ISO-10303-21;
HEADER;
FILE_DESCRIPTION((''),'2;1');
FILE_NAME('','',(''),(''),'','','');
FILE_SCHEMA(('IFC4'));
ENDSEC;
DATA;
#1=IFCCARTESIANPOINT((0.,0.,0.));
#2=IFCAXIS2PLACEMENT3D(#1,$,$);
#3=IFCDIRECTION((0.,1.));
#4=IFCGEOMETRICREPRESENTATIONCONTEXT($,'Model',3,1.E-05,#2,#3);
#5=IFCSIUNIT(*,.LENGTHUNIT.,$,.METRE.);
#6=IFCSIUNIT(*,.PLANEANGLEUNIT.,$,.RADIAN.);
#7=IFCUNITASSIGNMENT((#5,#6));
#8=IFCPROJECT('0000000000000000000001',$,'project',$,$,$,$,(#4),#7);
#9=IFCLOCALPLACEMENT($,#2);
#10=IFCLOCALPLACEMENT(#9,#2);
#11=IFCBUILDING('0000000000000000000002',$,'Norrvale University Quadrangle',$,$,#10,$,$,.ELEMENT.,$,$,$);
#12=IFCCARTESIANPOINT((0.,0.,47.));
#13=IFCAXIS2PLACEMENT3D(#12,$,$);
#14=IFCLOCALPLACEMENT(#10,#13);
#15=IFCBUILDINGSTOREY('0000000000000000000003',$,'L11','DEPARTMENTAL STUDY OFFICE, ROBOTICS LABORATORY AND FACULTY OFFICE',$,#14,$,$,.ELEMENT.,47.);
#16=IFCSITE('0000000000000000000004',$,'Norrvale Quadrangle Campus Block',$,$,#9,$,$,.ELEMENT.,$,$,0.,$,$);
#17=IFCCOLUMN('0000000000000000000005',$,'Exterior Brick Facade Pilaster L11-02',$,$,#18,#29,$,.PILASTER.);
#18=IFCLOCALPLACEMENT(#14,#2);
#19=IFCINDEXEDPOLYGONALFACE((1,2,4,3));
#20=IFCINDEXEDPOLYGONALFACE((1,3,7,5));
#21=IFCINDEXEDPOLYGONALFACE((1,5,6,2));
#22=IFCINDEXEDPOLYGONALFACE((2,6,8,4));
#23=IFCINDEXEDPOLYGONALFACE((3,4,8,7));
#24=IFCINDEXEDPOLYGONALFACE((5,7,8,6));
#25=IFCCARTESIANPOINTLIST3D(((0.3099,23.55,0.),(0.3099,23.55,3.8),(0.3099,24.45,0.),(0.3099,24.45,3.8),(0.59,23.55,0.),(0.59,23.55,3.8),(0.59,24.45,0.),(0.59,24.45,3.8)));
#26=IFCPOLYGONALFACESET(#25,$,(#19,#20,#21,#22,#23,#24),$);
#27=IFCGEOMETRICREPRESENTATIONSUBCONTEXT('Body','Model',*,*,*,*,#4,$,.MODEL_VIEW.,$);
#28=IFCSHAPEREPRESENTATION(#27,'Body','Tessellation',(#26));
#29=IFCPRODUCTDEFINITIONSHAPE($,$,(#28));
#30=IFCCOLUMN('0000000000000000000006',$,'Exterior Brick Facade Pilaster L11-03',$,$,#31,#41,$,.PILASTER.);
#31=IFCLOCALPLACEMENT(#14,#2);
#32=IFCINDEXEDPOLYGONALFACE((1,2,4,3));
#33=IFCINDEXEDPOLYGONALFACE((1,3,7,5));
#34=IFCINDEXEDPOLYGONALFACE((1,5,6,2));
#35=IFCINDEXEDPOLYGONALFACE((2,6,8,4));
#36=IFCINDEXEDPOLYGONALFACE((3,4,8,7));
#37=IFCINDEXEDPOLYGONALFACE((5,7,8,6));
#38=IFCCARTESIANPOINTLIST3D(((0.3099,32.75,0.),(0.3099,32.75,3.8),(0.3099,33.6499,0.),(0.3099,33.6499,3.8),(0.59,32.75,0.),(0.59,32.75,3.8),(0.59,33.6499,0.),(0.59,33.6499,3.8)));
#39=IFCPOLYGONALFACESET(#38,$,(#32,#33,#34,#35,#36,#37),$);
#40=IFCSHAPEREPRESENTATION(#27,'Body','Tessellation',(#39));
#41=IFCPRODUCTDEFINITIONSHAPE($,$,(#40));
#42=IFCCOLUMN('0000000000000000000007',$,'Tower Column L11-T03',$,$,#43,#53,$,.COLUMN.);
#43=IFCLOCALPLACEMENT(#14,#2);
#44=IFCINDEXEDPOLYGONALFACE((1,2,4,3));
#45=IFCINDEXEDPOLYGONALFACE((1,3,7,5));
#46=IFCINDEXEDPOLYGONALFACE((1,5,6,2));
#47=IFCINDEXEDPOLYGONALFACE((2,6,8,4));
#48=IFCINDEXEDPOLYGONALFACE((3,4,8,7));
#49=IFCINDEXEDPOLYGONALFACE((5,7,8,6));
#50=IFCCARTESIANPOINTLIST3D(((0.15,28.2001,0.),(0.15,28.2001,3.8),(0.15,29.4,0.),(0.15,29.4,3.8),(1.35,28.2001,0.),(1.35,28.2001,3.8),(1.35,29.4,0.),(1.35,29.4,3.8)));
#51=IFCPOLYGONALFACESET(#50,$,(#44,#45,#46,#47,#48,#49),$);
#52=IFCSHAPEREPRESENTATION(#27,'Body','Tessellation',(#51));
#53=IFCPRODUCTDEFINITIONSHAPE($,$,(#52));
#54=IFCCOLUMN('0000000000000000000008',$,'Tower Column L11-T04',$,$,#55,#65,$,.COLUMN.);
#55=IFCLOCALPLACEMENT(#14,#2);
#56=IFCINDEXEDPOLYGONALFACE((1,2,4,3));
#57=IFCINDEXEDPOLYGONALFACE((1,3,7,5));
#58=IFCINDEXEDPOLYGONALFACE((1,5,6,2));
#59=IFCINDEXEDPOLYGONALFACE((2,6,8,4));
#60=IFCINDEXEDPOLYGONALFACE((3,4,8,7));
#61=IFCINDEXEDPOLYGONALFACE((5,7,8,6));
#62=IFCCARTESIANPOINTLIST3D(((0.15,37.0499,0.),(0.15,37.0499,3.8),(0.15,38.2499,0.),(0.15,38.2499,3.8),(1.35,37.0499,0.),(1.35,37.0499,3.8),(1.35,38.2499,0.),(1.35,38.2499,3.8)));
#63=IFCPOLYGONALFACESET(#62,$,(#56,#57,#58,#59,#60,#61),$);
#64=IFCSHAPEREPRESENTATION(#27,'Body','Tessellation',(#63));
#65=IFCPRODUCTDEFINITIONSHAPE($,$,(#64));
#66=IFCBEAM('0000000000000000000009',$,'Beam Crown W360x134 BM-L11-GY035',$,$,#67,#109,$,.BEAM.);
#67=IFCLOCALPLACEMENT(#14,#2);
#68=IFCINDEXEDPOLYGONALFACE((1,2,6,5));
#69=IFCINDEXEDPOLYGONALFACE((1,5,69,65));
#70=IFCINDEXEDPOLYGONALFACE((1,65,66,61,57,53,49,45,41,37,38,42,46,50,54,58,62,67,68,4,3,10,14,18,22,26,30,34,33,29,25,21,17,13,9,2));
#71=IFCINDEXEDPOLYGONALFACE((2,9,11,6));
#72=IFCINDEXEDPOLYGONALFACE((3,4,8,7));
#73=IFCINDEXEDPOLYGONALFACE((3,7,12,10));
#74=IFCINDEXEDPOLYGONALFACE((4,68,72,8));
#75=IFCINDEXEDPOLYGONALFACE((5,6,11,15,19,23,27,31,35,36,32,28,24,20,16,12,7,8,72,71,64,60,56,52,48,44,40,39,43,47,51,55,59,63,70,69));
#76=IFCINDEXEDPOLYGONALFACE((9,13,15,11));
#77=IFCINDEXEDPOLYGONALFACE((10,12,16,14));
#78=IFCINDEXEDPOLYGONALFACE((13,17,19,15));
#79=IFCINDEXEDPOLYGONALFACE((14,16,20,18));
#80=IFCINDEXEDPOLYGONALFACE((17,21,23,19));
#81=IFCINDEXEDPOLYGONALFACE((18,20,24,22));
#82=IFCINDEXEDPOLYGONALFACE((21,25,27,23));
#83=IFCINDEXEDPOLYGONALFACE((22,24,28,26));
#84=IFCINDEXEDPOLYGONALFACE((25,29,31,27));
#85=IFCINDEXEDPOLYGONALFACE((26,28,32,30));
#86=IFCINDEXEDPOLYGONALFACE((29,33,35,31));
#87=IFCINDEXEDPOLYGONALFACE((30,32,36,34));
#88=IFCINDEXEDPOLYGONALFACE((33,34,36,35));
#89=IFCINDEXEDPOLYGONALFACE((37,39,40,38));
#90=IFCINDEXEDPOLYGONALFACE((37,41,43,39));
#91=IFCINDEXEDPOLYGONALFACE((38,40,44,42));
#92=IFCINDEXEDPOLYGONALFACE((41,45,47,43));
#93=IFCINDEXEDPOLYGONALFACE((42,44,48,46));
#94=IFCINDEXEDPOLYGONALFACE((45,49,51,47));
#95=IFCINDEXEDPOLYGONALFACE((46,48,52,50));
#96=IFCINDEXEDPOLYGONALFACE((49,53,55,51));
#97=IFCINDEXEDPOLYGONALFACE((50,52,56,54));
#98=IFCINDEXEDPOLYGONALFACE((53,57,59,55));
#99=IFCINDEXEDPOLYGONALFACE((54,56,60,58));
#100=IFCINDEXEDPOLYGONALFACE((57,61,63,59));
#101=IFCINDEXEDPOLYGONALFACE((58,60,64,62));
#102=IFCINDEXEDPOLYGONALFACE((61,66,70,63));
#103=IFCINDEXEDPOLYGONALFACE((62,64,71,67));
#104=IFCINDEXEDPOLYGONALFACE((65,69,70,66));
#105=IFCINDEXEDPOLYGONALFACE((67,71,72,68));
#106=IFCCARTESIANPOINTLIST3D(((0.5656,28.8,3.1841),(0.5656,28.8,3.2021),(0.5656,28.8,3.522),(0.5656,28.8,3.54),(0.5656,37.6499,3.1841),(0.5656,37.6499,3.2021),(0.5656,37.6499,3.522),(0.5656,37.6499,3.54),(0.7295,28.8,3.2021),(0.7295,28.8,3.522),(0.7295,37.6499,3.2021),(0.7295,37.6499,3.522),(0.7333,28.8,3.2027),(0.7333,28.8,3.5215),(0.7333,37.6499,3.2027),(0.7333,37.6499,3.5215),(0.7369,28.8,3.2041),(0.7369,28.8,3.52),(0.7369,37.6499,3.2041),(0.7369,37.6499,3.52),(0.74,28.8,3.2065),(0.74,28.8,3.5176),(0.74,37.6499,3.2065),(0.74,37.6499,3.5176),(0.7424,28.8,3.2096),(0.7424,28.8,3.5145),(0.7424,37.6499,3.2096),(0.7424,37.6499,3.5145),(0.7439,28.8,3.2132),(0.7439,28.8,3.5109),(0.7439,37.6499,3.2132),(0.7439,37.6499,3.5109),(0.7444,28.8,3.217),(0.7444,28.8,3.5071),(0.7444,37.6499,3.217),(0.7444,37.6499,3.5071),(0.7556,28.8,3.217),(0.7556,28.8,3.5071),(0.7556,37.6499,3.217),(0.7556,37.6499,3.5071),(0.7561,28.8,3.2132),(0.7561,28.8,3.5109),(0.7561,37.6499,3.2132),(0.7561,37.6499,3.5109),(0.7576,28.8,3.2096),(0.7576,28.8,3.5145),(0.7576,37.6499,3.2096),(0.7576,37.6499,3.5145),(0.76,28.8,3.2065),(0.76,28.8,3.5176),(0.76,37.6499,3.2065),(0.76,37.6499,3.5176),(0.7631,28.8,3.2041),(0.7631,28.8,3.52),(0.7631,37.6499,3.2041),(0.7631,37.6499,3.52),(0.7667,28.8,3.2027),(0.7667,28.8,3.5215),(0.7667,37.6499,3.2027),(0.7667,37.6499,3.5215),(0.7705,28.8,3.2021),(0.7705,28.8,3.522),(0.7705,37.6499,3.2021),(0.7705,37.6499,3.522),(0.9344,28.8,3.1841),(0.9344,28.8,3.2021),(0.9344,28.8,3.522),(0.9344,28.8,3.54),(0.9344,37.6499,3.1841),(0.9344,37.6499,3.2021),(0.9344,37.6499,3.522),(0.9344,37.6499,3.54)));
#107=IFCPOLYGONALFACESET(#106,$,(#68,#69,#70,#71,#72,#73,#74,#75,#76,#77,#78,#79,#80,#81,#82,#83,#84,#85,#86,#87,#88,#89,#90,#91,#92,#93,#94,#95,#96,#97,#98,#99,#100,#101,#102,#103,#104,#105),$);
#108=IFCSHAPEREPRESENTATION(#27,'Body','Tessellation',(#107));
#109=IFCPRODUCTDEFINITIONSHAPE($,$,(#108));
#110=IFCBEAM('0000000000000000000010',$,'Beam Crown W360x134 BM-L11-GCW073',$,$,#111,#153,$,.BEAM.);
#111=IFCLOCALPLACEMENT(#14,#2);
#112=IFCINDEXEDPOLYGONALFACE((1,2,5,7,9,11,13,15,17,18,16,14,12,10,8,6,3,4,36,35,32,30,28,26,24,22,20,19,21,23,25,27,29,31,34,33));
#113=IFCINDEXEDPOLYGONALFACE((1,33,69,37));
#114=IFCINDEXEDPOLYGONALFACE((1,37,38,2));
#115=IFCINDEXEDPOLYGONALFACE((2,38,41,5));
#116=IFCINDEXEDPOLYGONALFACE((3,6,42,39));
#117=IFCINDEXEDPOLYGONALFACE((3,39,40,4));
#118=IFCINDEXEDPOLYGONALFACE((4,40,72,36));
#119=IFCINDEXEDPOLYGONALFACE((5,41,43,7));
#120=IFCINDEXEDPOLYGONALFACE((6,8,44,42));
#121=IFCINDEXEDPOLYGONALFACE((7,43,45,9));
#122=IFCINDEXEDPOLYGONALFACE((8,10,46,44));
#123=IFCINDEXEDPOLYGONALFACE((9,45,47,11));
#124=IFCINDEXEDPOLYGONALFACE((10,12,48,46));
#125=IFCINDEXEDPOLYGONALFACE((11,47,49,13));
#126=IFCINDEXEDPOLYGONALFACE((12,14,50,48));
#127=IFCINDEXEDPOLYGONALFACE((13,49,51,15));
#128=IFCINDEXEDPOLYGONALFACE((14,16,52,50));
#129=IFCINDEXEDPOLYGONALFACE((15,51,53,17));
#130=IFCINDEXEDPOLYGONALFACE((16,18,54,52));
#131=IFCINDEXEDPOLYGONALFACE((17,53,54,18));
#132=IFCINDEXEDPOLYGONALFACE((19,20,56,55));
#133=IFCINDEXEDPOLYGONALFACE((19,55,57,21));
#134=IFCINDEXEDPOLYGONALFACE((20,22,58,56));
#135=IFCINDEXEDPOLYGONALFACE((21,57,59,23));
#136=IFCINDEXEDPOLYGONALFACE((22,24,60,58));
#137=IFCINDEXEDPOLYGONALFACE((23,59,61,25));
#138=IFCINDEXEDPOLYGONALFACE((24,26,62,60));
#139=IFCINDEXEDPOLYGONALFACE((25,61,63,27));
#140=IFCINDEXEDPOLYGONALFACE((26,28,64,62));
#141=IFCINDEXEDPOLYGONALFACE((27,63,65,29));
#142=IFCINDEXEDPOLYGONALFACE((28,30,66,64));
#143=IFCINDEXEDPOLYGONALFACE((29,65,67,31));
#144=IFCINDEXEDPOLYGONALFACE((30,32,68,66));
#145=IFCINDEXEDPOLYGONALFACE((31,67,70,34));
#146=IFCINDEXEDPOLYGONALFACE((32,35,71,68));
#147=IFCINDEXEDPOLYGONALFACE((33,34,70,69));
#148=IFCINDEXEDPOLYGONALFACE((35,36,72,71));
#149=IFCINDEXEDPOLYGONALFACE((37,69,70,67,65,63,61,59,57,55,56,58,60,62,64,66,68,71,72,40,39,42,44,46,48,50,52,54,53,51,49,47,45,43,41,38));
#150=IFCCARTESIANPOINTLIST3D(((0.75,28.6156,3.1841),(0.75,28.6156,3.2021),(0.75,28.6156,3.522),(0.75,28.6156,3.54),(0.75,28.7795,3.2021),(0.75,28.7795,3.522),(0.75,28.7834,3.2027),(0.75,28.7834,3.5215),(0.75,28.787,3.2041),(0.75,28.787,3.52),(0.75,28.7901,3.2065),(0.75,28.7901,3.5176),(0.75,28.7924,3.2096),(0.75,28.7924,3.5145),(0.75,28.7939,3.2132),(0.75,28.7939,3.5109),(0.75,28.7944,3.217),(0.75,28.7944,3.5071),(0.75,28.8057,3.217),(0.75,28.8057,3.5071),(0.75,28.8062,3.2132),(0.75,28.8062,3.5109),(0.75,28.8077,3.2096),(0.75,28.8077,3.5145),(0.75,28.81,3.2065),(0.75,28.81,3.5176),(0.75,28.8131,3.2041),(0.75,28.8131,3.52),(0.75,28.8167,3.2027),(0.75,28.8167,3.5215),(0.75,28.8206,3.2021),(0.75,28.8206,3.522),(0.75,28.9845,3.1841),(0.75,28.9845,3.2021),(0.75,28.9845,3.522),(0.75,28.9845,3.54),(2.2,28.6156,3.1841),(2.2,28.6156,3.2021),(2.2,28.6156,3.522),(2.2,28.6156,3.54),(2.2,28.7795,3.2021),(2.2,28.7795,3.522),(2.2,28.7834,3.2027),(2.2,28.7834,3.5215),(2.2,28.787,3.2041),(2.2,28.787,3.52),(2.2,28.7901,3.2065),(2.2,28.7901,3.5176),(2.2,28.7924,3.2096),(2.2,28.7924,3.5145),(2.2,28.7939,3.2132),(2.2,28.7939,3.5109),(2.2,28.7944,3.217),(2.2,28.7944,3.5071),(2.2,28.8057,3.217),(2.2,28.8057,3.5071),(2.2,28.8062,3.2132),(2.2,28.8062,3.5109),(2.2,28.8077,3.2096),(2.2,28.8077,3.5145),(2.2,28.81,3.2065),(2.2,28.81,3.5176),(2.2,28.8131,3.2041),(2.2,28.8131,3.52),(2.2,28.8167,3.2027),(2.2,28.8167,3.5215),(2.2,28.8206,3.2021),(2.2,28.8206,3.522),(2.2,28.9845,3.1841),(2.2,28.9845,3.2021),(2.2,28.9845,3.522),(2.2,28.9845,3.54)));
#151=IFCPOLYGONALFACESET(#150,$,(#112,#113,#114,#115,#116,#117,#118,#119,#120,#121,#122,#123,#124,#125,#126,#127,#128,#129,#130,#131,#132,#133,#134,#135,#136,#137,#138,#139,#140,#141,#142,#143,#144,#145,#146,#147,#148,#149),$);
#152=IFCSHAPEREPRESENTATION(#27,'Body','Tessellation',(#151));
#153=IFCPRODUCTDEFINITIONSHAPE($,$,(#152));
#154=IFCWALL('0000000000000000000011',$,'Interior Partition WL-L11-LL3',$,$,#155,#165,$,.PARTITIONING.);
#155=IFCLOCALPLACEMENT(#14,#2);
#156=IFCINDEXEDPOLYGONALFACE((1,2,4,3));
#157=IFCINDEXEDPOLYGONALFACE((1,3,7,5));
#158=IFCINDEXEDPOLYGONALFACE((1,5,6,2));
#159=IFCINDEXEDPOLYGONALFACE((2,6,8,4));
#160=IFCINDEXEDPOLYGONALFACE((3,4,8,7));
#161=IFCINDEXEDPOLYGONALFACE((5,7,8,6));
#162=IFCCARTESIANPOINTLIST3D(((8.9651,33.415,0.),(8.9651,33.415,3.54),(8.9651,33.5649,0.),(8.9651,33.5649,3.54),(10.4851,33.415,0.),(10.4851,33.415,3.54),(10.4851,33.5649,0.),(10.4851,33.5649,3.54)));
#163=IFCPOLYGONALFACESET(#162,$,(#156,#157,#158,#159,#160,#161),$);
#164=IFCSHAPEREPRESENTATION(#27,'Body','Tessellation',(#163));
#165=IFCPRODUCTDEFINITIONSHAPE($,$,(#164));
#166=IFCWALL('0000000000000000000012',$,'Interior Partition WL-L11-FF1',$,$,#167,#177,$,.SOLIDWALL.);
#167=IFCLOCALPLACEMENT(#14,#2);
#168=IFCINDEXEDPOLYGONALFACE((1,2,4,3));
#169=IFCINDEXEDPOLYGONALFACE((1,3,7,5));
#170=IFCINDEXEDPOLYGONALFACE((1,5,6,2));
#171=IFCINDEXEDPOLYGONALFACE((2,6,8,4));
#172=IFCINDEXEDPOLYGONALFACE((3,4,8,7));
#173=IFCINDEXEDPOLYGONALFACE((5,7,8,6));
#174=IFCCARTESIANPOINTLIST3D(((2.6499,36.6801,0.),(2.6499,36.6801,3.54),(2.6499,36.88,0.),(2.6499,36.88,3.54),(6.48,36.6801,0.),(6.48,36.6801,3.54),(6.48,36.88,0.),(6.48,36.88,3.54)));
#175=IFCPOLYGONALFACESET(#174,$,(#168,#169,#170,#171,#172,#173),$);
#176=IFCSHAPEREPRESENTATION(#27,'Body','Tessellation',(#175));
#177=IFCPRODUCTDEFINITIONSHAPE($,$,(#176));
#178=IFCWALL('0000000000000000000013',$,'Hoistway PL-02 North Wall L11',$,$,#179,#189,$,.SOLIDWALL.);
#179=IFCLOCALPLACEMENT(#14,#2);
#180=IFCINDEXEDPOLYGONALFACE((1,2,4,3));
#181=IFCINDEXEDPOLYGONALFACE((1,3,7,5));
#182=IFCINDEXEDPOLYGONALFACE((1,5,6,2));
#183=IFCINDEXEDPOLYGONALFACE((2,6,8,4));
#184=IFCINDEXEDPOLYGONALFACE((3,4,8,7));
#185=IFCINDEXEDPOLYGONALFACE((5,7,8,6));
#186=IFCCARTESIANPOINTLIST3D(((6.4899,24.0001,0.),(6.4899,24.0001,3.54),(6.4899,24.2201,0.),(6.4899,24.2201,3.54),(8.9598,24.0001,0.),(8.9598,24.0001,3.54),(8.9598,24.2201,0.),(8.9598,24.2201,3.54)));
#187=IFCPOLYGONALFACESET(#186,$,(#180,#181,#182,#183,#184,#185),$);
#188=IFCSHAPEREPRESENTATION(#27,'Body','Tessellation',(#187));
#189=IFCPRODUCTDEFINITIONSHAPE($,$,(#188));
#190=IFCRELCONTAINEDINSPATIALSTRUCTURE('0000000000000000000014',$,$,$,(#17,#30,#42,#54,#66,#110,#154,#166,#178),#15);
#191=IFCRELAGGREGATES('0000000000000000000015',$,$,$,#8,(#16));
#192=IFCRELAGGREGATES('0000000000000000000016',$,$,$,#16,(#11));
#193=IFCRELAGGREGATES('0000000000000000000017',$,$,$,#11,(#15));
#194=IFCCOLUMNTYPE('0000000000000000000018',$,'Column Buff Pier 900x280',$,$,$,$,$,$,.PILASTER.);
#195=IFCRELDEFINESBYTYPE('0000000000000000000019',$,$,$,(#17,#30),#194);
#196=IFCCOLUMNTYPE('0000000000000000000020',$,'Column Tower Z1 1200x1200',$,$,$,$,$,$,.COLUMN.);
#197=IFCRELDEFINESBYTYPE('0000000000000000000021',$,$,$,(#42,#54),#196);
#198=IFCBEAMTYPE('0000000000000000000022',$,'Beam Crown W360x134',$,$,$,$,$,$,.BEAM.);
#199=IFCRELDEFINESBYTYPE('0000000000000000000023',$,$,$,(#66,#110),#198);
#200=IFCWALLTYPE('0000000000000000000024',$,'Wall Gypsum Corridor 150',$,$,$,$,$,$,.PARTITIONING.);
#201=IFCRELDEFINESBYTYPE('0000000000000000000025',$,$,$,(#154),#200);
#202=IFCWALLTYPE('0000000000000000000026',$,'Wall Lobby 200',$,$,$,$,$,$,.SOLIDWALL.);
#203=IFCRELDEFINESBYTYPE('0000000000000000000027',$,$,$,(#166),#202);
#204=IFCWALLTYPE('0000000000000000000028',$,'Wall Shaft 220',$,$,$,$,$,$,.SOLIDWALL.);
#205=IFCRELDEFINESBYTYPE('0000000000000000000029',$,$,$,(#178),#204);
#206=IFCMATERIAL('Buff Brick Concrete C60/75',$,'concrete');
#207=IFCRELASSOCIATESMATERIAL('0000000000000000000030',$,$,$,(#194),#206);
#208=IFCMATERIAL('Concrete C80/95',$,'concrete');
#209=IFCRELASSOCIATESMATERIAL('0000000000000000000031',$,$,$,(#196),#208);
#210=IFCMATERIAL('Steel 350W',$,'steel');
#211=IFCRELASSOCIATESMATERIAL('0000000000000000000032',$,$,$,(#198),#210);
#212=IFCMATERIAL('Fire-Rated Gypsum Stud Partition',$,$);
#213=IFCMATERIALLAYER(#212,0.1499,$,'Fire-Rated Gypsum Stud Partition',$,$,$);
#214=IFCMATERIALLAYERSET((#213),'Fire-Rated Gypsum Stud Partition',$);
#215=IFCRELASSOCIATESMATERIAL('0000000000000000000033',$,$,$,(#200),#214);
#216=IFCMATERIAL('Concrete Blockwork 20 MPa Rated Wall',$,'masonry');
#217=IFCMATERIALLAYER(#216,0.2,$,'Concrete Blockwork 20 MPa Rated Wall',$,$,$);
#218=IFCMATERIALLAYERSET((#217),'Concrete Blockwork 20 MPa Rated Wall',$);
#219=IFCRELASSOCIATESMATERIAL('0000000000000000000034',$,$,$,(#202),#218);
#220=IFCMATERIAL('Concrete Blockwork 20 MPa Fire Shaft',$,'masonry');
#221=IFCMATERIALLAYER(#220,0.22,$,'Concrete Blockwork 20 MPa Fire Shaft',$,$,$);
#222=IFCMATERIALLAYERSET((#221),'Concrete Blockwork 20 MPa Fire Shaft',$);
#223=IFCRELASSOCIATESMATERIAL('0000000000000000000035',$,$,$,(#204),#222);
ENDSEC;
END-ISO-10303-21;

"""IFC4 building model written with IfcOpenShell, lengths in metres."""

from ifc_helpers import new_model, si_unit, direction, frame, frame_2d, origin, origin_2d, place, context, subcontext, project, spatial, rectangle, i_section, extrude, material, layer, layer_set, material_profile, profile_set, type_object, element, save


model = new_model("IFC4")

# Units and contexts
model_context = context("Model", 3, precision=1e-05, world=origin(), true_north=direction((0.0, 1.0)))
body_context = subcontext(model_context, "Body", "Model", "MODEL_VIEW")
ifc_project = project(units=[si_unit("LENGTHUNIT", "METRE"), si_unit("PLANEANGLEUNIT", "RADIAN")], contexts=[model_context])

# Site, building, storey
site_placement = place(None, origin())
site = spatial("IfcSite", under=ifc_project, at=site_placement, Name="Norrvale Quadrangle Campus Block", CompositionType="ELEMENT", RefElevation=0.0)
building_placement = place(site_placement, origin())
building = spatial("IfcBuilding", under=site, at=building_placement, Name="Norrvale University Quadrangle", CompositionType="ELEMENT")
storey_placement = place(building_placement, frame((0.0, 0.0, 47.0)))
storey = spatial("IfcBuildingStorey", under=building, at=storey_placement, Name="L11", Description="DEPARTMENTAL STUDY OFFICE, ROBOTICS LABORATORY AND FACULTY OFFICE", CompositionType="ELEMENT", Elevation=47.0)

# Columns
ifc_material_1 = material(Name="Buff Brick Concrete C60/75", Category="concrete")
ifc_material_profile_1 = material_profile(ifc_material_1, rectangle(XDim=0.8999, YDim=0.28, at=origin_2d()), Name="Buff Brick Concrete C60/75")
ifc_profile_set_1 = profile_set([ifc_material_profile_1], Name="Buff Brick Concrete C60/75")
column_type_1 = type_object("IfcColumnType", Name="Column Buff Pier 900x280", PredefinedType="PILASTER", material=ifc_profile_set_1)
for number, where, z_axis, x_axis, name in (
    (1, (0.45, 24.0, 0.0), (0.0, 0.0, 1.0), (0.0, 1.0, 0.0), "Exterior Brick Facade Pilaster L11-02"),
    (2, (0.45, 33.2, 0.0), (0.0, 0.0, 1.0), (0.0, 1.0, 0.0), "Exterior Brick Facade Pilaster L11-03"),
):
    element("IfcColumn", number, at=place(storey_placement, frame(where, z_axis=z_axis, x_axis=x_axis)), inside=storey, type_object=column_type_1, Name=name, PredefinedType="PILASTER", context=body_context, shape_type="SweptSolid", body=[
        extrude(rectangle(XDim=0.8999, YDim=0.28, at=origin_2d()), origin(), (0.0, 0.0, 1.0), 3.8),
    ])
ifc_material_2 = material(Name="Concrete C80/95", Category="concrete")
ifc_material_profile_2 = material_profile(ifc_material_2, rectangle(XDim=1.2, YDim=1.2, at=origin_2d()), Name="Concrete C80/95")
ifc_profile_set_2 = profile_set([ifc_material_profile_2], Name="Concrete C80/95")
column_type_2 = type_object("IfcColumnType", Name="Column Tower Z1 1200x1200", PredefinedType="COLUMN", material=ifc_profile_set_2)
for number, where, z_axis, x_axis, name in (
    (3, (0.75, 28.8, 0.0), (0.0, 0.0, 1.0), (1.0, 0.0, 0.0), "Tower Column L11-T03"),
    (4, (0.75, 37.6499, 0.0), (0.0, 0.0, 1.0), (1.0, 0.0, 0.0), "Tower Column L11-T04"),
):
    element("IfcColumn", number, at=place(storey_placement, frame(where, z_axis=z_axis, x_axis=x_axis)), inside=storey, type_object=column_type_2, Name=name, PredefinedType="COLUMN", context=body_context, shape_type="SweptSolid", body=[
        extrude(rectangle(XDim=1.2, YDim=1.2, at=origin_2d()), origin(), (0.0, 0.0, 1.0), 3.8),
    ])

# Beams
ifc_material_3 = material(Name="Steel 350W", Category="steel")
ifc_material_profile_3 = material_profile(ifc_material_3, i_section(OverallWidth=0.3689, OverallDepth=0.356, WebThickness=0.0112, FlangeThickness=0.0181, FilletRadius=0.0149, at=origin_2d()), Name="Steel 350W")
ifc_profile_set_3 = profile_set([ifc_material_profile_3], Name="Steel 350W")
beam_type = type_object("IfcBeamType", Name="Beam Crown W360x134", PredefinedType="BEAM", material=ifc_profile_set_3)
beam_1_placement = place(storey_placement, frame((0.75, 28.8, 3.3621), z_axis=(0.0, 1.0, 0.0), x_axis=(-1.0, 0.0, 0.0)))
element("IfcBeam", 5, at=beam_1_placement, inside=storey, type_object=beam_type, Name="Beam Crown W360x134 BM-L11-GY035", PredefinedType="BEAM", context=body_context, shape_type="SweptSolid", body=[
    extrude(i_section(OverallWidth=0.3689, OverallDepth=0.356, WebThickness=0.0112, FlangeThickness=0.0181, FilletRadius=0.0149, at=origin_2d()), origin(), (0.0, 0.0, 1.0), 8.8499),
])
beam_2_placement = place(storey_placement, frame((0.75, 28.8, 3.3621), z_axis=(1.0, 0.0, 0.0), x_axis=(0.0, 1.0, 0.0)))
element("IfcBeam", 6, at=beam_2_placement, inside=storey, type_object=beam_type, Name="Beam Crown W360x134 BM-L11-GCW073", PredefinedType="BEAM", context=body_context, shape_type="SweptSolid", body=[
    extrude(i_section(OverallWidth=0.3689, OverallDepth=0.356, WebThickness=0.0112, FlangeThickness=0.0181, FilletRadius=0.0149, at=origin_2d()), origin(), (0.0, 0.0, 1.0), 1.45),
])

# Walls
ifc_material_4 = material(Name="Fire-Rated Gypsum Stud Partition")
ifc_layer_1 = layer(ifc_material_4, 0.1499, Name="Fire-Rated Gypsum Stud Partition")
ifc_layer_set_1 = layer_set([ifc_layer_1], Name="Fire-Rated Gypsum Stud Partition")
wall_type_1 = type_object("IfcWallType", Name="Wall Gypsum Corridor 150", PredefinedType="PARTITIONING", material=ifc_layer_set_1)
wall_1_placement = place(storey_placement, frame((8.9651, 33.49, 0.0), z_axis=(0.0, 0.0, 1.0), x_axis=(1.0, 0.0, 0.0)))
element("IfcWall", 7, at=wall_1_placement, inside=storey, type_object=wall_type_1, Name="Interior Partition WL-L11-LL3", PredefinedType="PARTITIONING", context=body_context, shape_type="SweptSolid", body=[
    extrude(rectangle(XDim=1.52, YDim=0.1499, at=frame_2d((0.76, 0.0))), origin(), (0.0, 0.0, 1.0), 3.54),
])
ifc_material_5 = material(Name="Concrete Blockwork 20 MPa Rated Wall", Category="masonry")
ifc_layer_2 = layer(ifc_material_5, 0.2, Name="Concrete Blockwork 20 MPa Rated Wall")
ifc_layer_set_2 = layer_set([ifc_layer_2], Name="Concrete Blockwork 20 MPa Rated Wall")
wall_type_2 = type_object("IfcWallType", Name="Wall Lobby 200", PredefinedType="SOLIDWALL", material=ifc_layer_set_2)
wall_2_placement = place(storey_placement, frame((2.6499, 36.78, 0.0), z_axis=(0.0, 0.0, 1.0), x_axis=(1.0, 0.0, 0.0)))
element("IfcWall", 8, at=wall_2_placement, inside=storey, type_object=wall_type_2, Name="Interior Partition WL-L11-FF1", PredefinedType="SOLIDWALL", context=body_context, shape_type="SweptSolid", body=[
    extrude(rectangle(XDim=3.8301, YDim=0.2, at=frame_2d((1.915, 0.0))), origin(), (0.0, 0.0, 1.0), 3.54),
])
ifc_material_6 = material(Name="Concrete Blockwork 20 MPa Fire Shaft", Category="masonry")
ifc_layer_3 = layer(ifc_material_6, 0.22, Name="Concrete Blockwork 20 MPa Fire Shaft")
ifc_layer_set_3 = layer_set([ifc_layer_3], Name="Concrete Blockwork 20 MPa Fire Shaft")
wall_type_3 = type_object("IfcWallType", Name="Wall Shaft 220", PredefinedType="SOLIDWALL", material=ifc_layer_set_3)
wall_3_placement = place(storey_placement, frame((6.49, 24.1101, 0.0), z_axis=(0.0, 0.0, 1.0), x_axis=(1.0, 0.0, 0.0)))
element("IfcWall", 9, at=wall_3_placement, inside=storey, type_object=wall_type_3, Name="Hoistway PL-02 North Wall L11", PredefinedType="SOLIDWALL", context=body_context, shape_type="SweptSolid", body=[
    extrude(rectangle(XDim=2.47, YDim=0.22, at=frame_2d((1.2349, 0.0))), origin(), (0.0, 0.0, 1.0), 3.54),
])

save(model, "model.ifc")
